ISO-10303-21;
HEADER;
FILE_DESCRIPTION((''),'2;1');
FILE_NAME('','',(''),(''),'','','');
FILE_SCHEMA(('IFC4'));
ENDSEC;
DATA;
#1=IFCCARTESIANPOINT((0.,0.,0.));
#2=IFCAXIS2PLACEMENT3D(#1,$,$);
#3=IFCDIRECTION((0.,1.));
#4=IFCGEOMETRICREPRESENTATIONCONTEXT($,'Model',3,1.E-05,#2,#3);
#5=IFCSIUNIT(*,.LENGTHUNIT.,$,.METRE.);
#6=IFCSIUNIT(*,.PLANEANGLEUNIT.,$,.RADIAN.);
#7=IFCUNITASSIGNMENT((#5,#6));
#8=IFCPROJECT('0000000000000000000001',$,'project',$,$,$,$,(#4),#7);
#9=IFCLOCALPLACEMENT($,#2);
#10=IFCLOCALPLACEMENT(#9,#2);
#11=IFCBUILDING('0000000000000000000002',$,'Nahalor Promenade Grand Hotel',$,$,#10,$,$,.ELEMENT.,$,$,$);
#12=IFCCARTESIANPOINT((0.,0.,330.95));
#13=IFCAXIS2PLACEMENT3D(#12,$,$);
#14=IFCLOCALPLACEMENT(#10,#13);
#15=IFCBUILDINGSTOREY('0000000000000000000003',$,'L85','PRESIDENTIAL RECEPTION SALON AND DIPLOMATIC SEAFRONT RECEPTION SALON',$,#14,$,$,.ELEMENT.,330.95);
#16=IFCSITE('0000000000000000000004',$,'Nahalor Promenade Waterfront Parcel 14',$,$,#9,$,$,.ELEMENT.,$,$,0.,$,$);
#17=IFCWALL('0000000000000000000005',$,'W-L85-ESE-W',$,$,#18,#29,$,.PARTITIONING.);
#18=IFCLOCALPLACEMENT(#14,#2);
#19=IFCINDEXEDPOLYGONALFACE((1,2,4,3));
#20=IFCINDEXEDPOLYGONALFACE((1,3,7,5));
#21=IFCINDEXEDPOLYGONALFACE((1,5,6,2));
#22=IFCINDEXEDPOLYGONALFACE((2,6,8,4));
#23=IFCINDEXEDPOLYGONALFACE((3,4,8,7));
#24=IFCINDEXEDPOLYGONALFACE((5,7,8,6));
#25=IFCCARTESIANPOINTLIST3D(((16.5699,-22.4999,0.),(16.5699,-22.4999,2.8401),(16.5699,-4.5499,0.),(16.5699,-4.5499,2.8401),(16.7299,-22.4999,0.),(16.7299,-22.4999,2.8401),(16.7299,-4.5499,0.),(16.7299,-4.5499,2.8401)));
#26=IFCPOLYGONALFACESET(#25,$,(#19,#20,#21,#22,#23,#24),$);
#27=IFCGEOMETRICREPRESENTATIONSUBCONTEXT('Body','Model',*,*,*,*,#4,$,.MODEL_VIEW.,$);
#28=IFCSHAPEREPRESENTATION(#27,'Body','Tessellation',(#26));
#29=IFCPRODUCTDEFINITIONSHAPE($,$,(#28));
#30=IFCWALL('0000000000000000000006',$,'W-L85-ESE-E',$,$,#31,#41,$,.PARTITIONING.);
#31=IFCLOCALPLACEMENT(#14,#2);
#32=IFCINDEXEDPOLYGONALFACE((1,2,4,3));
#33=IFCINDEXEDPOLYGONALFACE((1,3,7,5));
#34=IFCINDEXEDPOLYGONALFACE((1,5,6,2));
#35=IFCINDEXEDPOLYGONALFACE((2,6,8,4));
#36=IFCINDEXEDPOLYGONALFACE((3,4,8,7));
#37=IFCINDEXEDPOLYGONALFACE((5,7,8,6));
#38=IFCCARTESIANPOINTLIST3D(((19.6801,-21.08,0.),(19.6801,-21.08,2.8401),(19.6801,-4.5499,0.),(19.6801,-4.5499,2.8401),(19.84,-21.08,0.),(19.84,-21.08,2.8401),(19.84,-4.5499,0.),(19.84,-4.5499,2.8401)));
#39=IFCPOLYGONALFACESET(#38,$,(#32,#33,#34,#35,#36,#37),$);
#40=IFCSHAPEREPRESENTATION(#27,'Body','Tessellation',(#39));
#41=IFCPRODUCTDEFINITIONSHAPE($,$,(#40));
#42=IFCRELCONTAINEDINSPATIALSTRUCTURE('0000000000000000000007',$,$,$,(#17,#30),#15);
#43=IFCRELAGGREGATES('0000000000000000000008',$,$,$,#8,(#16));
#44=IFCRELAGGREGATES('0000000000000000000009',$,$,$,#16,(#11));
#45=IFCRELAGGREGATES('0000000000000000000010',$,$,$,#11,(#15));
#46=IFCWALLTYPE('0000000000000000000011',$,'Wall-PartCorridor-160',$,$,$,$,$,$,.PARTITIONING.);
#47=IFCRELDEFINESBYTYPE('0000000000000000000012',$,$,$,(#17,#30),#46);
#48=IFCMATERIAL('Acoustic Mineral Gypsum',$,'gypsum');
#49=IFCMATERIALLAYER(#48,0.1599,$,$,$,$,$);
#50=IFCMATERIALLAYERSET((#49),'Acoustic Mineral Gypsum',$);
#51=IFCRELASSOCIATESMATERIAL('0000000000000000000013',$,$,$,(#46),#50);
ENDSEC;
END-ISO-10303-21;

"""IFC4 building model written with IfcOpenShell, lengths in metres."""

from ifc_helpers import new_model, si_unit, direction, frame, frame_2d, origin, place, context, subcontext, project, spatial, rectangle, extrude, source, transform, mapped, material, layer, layer_set, type_object, element, save


model = new_model("IFC4")

# Units and contexts
model_context = context("Model", 3, precision=1e-05, world=origin(), true_north=direction((0.0, 1.0)))
body_context = subcontext(model_context, "Body", "Model", "MODEL_VIEW")
ifc_project = project(units=[si_unit("LENGTHUNIT", "METRE"), si_unit("PLANEANGLEUNIT", "RADIAN")], contexts=[model_context])

# Site, building, storey
site_placement = place(None, origin())
site = spatial("IfcSite", under=ifc_project, at=site_placement, Name="Nahalor Promenade Waterfront Parcel 14", CompositionType="ELEMENT", RefElevation=0.0)
building_placement = place(site_placement, origin())
building = spatial("IfcBuilding", under=site, at=building_placement, Name="Nahalor Promenade Grand Hotel", CompositionType="ELEMENT")
storey_placement = place(building_placement, frame((0.0, 0.0, 330.95)))
storey = spatial("IfcBuildingStorey", under=building, at=storey_placement, Name="L85", Description="PRESIDENTIAL RECEPTION SALON AND DIPLOMATIC SEAFRONT RECEPTION SALON", CompositionType="ELEMENT", Elevation=330.95)

# Walls
ifc_material_1 = material(Name="Acoustic Mineral Gypsum", Category="gypsum")
ifc_layer_1 = layer(ifc_material_1, 0.1599)
ifc_layer_set_1 = layer_set([ifc_layer_1], Name="Acoustic Mineral Gypsum")
wall_type_1 = type_object("IfcWallType", Name="Wall-PartCorridor-160", PredefinedType="PARTITIONING", material=ifc_layer_set_1)
shared_shape_1 = source(origin(), body_context, "Body", "SweptSolid", [
    extrude(rectangle(XDim=17.95, YDim=0.1599, at=frame_2d((8.9751, 0.0))), origin(), (0.0, 0.0, 1.0), 2.8401),
])
wall_1_placement = place(storey_placement, frame((16.6499, -22.5, 0.0), z_axis=(0.0, 0.0, 1.0), x_axis=(0.0, 1.0, 0.0)))
element("IfcWall", 1, at=wall_1_placement, inside=storey, type_object=wall_type_1, Name="W-L85-ESE-W", PredefinedType="PARTITIONING", context=body_context, shape_type="MappedRepresentation", body=[
    mapped(shared_shape_1, transform((0.0, 0.0, 0.0), scale=1.0)),
])
shared_shape_2 = source(origin(), body_context, "Body", "SweptSolid", [
    extrude(rectangle(XDim=16.53, YDim=0.1599, at=frame_2d((8.2651, 0.0))), origin(), (0.0, 0.0, 1.0), 2.8401),
])
wall_2_placement = place(storey_placement, frame((19.76, -21.0801, 0.0), z_axis=(0.0, 0.0, 1.0), x_axis=(0.0, 1.0, 0.0)))
element("IfcWall", 2, at=wall_2_placement, inside=storey, type_object=wall_type_1, Name="W-L85-ESE-E", PredefinedType="PARTITIONING", context=body_context, shape_type="MappedRepresentation", body=[
    mapped(shared_shape_2, transform((0.0, 0.0, 0.0), scale=1.0)),
])

save(model, "model.ifc")
